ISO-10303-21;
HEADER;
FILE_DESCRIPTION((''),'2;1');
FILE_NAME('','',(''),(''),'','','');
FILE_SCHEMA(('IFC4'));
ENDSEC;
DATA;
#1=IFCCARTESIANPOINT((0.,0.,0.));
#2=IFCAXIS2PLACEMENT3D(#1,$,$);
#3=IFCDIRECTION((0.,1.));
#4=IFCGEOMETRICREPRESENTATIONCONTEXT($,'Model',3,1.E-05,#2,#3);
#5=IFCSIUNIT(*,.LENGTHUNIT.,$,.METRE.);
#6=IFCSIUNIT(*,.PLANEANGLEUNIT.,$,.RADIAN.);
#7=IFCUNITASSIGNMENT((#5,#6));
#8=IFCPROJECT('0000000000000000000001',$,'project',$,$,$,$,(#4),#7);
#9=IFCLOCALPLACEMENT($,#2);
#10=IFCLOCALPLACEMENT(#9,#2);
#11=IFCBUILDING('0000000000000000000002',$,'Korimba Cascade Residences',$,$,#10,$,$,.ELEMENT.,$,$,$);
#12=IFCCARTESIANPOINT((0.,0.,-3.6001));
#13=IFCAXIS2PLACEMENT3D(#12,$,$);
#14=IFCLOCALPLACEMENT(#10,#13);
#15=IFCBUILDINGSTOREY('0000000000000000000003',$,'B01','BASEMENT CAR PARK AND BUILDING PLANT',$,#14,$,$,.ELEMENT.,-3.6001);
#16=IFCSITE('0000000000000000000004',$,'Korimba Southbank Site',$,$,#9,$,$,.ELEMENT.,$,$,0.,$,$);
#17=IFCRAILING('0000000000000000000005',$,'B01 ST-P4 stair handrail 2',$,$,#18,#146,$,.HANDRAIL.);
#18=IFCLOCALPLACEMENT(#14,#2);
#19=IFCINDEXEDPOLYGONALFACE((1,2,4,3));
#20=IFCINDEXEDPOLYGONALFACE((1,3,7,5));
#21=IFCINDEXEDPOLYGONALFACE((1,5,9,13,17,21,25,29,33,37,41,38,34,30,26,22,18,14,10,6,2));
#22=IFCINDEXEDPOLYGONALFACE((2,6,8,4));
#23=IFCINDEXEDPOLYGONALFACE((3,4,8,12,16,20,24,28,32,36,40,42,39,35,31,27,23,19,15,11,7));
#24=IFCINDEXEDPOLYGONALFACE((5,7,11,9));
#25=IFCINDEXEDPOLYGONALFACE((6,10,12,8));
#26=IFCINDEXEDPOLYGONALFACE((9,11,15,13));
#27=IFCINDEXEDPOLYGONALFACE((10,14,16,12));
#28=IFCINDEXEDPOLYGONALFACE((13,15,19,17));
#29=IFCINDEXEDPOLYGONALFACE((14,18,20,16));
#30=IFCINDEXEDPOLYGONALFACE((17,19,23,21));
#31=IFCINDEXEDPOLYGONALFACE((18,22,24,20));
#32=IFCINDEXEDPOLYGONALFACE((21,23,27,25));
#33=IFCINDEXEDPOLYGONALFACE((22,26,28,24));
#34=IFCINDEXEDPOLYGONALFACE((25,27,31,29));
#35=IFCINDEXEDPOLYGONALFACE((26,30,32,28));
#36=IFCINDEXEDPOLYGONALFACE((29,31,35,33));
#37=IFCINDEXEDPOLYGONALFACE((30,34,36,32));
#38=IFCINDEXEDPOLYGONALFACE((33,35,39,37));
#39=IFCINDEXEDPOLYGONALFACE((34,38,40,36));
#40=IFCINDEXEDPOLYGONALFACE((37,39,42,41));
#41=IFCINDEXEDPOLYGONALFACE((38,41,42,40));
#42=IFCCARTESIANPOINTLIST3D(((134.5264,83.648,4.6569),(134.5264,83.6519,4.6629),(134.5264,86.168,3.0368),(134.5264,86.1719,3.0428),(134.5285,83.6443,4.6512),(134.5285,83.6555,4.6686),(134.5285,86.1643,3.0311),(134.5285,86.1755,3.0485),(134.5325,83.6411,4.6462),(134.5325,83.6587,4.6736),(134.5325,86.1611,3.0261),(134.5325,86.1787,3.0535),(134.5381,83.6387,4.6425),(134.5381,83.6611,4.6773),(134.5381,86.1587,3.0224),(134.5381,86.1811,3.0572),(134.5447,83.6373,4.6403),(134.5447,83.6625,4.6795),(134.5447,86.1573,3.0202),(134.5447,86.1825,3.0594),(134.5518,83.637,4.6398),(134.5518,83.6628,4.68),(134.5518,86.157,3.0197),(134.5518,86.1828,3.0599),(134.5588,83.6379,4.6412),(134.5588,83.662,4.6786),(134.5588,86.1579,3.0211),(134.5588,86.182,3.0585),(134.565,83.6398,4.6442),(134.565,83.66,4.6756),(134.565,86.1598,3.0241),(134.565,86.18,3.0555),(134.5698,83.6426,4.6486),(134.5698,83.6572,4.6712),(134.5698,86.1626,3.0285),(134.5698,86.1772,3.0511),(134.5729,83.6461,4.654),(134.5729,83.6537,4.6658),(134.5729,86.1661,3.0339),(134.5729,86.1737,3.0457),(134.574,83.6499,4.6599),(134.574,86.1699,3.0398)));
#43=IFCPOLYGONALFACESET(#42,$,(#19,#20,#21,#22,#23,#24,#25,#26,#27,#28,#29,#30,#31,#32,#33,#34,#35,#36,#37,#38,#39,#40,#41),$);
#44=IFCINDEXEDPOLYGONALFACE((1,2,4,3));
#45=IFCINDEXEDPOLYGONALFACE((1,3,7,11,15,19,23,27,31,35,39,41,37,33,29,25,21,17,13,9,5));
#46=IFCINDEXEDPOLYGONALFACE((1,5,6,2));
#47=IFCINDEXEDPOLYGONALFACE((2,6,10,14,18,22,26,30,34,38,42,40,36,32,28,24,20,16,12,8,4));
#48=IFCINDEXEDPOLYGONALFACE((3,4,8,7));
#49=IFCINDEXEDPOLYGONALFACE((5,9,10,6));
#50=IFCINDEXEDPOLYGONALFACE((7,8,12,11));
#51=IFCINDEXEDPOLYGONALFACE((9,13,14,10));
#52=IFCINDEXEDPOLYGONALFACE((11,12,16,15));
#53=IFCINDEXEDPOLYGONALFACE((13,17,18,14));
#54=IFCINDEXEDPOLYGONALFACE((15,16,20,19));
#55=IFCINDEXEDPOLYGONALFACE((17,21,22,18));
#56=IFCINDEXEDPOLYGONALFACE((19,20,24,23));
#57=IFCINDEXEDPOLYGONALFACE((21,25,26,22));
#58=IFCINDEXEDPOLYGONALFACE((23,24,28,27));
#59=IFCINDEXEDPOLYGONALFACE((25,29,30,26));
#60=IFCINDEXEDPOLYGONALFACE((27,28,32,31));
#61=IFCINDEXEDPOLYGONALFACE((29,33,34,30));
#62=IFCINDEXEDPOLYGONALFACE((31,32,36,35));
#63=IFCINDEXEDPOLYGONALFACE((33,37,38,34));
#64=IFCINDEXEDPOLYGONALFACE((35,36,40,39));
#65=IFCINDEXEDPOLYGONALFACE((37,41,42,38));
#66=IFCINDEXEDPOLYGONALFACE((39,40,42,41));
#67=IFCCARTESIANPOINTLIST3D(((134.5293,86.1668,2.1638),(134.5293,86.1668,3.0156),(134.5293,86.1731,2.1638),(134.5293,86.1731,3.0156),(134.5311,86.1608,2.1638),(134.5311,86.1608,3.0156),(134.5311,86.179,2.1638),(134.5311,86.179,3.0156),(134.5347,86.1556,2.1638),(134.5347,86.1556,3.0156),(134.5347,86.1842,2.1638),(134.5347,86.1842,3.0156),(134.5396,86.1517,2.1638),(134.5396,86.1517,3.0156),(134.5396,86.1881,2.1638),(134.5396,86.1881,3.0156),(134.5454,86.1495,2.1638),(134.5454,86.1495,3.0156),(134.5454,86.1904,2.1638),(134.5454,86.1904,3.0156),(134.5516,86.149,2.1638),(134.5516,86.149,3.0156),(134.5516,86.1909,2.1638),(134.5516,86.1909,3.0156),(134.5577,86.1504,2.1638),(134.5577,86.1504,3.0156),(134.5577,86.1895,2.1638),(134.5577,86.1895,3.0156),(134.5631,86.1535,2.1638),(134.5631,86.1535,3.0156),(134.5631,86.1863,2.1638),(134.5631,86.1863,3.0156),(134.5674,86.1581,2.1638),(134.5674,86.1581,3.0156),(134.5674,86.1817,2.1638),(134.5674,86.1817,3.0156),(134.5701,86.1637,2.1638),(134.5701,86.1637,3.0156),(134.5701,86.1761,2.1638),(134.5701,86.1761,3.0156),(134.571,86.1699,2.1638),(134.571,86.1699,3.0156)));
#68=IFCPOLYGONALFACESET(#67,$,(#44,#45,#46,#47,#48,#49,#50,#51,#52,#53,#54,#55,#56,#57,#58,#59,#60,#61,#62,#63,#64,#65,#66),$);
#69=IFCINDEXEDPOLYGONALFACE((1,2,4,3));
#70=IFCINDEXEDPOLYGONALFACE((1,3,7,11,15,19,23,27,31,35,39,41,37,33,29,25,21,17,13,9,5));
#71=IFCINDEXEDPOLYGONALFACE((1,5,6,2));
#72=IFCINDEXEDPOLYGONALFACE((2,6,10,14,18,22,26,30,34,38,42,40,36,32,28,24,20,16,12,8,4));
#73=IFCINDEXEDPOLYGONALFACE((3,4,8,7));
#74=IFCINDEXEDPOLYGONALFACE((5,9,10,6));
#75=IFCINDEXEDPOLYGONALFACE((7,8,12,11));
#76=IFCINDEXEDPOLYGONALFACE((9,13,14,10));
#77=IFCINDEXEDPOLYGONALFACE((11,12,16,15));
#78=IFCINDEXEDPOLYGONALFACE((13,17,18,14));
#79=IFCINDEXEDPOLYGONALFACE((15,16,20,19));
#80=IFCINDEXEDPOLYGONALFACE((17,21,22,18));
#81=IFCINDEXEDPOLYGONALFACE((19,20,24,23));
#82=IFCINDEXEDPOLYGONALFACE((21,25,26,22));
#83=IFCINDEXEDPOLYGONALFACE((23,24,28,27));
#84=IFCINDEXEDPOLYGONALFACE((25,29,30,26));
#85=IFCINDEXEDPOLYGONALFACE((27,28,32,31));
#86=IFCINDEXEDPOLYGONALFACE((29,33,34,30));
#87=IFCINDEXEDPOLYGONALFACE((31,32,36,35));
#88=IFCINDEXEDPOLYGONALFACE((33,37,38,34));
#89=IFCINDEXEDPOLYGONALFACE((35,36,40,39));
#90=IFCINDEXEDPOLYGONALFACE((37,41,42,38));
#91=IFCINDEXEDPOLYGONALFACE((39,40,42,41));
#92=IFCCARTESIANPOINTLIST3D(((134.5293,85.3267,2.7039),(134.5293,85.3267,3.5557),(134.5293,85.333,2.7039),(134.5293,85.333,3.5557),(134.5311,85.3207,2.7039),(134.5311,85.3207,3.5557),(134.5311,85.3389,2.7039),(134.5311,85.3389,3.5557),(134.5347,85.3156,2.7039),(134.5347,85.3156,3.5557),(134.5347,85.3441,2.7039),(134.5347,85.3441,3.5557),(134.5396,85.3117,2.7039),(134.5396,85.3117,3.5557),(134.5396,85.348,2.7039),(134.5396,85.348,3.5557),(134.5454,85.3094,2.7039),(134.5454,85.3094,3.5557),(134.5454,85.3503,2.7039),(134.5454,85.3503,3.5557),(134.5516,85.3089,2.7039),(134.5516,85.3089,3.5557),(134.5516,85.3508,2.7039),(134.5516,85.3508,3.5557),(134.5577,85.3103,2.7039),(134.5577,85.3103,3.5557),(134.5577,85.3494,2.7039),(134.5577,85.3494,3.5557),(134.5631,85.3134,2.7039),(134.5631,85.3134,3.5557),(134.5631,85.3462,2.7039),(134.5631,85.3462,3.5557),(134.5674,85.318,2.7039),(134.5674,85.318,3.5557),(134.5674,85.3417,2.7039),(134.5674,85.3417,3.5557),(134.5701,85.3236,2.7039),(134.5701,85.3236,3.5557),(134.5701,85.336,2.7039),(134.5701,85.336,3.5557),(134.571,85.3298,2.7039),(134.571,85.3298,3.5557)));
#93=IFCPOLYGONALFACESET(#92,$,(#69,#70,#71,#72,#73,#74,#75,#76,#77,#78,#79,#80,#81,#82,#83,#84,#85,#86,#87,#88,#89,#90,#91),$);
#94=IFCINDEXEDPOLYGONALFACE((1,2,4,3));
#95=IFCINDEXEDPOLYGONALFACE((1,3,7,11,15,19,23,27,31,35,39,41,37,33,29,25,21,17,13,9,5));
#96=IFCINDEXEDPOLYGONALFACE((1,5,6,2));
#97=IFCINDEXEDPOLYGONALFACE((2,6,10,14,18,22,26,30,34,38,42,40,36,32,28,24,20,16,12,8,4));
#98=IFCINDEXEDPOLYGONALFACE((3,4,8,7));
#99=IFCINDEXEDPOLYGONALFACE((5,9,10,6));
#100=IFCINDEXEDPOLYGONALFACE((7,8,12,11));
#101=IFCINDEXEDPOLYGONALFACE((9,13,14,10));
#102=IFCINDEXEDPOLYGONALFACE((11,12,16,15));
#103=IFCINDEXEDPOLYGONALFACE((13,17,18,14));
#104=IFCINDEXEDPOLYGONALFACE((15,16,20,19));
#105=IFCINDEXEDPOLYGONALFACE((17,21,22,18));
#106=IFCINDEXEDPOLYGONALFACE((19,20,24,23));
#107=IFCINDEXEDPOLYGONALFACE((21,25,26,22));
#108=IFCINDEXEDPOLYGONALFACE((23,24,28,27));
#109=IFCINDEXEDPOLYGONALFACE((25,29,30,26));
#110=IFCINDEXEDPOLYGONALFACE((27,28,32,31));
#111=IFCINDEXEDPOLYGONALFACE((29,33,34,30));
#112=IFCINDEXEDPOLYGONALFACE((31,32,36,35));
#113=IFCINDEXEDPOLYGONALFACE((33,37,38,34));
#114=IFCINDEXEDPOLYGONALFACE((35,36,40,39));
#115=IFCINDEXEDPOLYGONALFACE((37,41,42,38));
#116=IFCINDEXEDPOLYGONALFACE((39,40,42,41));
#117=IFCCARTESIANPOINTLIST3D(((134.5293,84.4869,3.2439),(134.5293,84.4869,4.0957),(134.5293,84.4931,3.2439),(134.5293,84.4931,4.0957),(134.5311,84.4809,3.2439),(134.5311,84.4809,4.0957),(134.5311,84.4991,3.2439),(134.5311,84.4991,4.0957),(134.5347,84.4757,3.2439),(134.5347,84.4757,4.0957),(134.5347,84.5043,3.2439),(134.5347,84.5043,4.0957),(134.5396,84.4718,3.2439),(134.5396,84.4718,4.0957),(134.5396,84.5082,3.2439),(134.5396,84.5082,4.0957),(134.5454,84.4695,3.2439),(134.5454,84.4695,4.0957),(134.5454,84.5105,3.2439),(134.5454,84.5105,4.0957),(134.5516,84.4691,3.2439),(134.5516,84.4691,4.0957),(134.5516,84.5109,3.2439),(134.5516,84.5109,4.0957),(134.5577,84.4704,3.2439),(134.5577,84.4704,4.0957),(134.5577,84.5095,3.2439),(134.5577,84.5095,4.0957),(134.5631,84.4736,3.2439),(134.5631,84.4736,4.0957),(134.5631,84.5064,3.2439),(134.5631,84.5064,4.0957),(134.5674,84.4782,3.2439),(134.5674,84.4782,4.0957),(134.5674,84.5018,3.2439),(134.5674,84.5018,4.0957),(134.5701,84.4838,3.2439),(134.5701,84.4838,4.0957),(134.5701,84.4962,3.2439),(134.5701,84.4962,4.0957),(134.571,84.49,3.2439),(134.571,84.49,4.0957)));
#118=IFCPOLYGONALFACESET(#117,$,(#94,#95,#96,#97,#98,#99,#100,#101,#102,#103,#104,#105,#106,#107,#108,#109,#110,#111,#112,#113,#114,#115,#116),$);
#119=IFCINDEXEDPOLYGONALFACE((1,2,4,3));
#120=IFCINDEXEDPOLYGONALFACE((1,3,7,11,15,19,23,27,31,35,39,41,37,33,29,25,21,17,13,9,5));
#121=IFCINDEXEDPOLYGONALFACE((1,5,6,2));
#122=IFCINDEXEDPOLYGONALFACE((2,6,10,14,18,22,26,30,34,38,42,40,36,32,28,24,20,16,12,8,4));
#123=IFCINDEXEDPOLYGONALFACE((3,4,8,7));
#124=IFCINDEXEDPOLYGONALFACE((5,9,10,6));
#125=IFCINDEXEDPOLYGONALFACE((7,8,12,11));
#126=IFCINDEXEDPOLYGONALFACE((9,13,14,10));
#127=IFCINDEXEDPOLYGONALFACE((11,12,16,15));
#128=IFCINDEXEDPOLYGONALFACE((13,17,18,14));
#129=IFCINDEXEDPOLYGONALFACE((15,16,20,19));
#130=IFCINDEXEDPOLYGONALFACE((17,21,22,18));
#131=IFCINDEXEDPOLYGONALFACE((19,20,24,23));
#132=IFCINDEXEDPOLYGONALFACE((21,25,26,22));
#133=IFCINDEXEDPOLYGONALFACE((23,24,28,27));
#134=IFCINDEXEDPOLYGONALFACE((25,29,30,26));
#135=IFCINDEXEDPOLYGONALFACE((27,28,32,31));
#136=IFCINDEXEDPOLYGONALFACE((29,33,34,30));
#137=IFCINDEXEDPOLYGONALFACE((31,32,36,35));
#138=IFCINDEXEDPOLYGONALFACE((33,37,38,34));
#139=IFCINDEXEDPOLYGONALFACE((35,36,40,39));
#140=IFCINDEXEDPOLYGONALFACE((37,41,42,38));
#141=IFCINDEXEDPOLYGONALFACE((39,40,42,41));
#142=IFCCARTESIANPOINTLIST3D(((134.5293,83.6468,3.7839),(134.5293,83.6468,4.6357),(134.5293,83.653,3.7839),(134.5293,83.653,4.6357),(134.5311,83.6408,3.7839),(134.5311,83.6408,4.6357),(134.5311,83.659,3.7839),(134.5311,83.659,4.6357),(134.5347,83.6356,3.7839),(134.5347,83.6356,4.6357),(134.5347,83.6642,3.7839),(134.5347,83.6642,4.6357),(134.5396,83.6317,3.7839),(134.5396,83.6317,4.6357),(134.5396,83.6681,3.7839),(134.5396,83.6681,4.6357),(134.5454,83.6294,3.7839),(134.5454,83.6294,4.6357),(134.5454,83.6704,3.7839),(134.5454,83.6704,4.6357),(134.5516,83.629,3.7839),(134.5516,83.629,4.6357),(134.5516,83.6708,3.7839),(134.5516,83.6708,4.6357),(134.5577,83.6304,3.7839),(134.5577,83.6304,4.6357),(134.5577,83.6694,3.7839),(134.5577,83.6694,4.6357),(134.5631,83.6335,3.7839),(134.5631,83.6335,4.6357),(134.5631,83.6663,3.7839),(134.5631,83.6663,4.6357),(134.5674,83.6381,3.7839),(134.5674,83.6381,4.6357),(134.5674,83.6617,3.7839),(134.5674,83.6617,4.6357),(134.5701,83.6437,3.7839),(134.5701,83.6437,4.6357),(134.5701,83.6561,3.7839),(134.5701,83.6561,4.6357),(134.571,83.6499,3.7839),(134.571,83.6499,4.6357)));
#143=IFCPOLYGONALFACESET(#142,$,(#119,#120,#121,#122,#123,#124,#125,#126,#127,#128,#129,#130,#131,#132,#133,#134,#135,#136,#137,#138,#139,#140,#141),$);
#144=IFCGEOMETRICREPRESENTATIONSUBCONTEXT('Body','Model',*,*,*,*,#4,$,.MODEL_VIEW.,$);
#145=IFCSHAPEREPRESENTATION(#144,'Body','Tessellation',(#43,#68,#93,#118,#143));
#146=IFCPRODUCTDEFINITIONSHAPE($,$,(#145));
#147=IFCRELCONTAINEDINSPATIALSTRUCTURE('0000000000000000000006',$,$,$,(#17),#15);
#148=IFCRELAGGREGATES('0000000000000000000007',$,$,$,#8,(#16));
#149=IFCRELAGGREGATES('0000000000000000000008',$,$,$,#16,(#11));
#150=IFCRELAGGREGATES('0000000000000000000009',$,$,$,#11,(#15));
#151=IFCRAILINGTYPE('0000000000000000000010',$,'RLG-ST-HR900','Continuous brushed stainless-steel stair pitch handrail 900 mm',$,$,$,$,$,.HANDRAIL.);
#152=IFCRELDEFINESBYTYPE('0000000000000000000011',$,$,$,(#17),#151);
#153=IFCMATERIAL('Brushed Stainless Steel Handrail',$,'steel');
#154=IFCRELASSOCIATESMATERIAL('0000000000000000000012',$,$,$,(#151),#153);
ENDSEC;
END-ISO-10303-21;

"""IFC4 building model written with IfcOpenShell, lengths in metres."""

from ifc_helpers import new_model, si_unit, direction, frame, origin, origin_2d, place, context, subcontext, project, spatial, circle, extrude, material, type_object, element, save


model = new_model("IFC4")

# Units and contexts
model_context = context("Model", 3, precision=1e-05, world=origin(), true_north=direction((0.0, 1.0)))
body_context = subcontext(model_context, "Body", "Model", "MODEL_VIEW")
ifc_project = project(units=[si_unit("LENGTHUNIT", "METRE"), si_unit("PLANEANGLEUNIT", "RADIAN")], contexts=[model_context])

# Site, building, storey
site_placement = place(None, origin())
site = spatial("IfcSite", under=ifc_project, at=site_placement, Name="Korimba Southbank Site", CompositionType="ELEMENT", RefElevation=0.0)
building_placement = place(site_placement, origin())
building = spatial("IfcBuilding", under=site, at=building_placement, Name="Korimba Cascade Residences", CompositionType="ELEMENT")
storey_placement = place(building_placement, frame((0.0, 0.0, -3.6001)))
storey = spatial("IfcBuildingStorey", under=building, at=storey_placement, Name="B01", Description="BASEMENT CAR PARK AND BUILDING PLANT", CompositionType="ELEMENT", Elevation=-3.6001)

# Railing
ifc_material_1 = material(Name="Brushed Stainless Steel Handrail", Category="steel")
railing_type_1 = type_object("IfcRailingType", Name="RLG-ST-HR900", Description="Continuous brushed stainless-steel stair pitch handrail 900 mm", PredefinedType="HANDRAIL", material=ifc_material_1)
railing_1_placement = place(storey_placement, frame((134.55, 86.1699, 2.1638)))
element("IfcRailing", 1, at=railing_1_placement, inside=storey, type_object=railing_type_1, Name="B01 ST-P4 stair handrail 2", PredefinedType="HANDRAIL", context=body_context, shape_type="SweptSolid", body=[
    extrude(circle(Radius=0.0239, at=origin_2d()), frame((0.0, 0.0, 0.876), z_axis=(0.0, -0.841163, 0.540782), x_axis=(1.0, 0.0, 0.0)), (0.0, 0.0, 1.0), 2.9958),
    extrude(circle(Radius=0.021, at=origin_2d()), origin(), (0.0, 0.0, 1.0), 0.8518),
    extrude(circle(Radius=0.021, at=origin_2d()), frame((0.0, -0.8401, 0.54)), (0.0, 0.0, 1.0), 0.8518),
    extrude(circle(Radius=0.021, at=origin_2d()), frame((0.0, -1.6799, 1.0801)), (0.0, 0.0, 1.0), 0.8518),
    extrude(circle(Radius=0.021, at=origin_2d()), frame((0.0, -2.52, 1.6201)), (0.0, 0.0, 1.0), 0.8518),
])

save(model, "model.ifc")
